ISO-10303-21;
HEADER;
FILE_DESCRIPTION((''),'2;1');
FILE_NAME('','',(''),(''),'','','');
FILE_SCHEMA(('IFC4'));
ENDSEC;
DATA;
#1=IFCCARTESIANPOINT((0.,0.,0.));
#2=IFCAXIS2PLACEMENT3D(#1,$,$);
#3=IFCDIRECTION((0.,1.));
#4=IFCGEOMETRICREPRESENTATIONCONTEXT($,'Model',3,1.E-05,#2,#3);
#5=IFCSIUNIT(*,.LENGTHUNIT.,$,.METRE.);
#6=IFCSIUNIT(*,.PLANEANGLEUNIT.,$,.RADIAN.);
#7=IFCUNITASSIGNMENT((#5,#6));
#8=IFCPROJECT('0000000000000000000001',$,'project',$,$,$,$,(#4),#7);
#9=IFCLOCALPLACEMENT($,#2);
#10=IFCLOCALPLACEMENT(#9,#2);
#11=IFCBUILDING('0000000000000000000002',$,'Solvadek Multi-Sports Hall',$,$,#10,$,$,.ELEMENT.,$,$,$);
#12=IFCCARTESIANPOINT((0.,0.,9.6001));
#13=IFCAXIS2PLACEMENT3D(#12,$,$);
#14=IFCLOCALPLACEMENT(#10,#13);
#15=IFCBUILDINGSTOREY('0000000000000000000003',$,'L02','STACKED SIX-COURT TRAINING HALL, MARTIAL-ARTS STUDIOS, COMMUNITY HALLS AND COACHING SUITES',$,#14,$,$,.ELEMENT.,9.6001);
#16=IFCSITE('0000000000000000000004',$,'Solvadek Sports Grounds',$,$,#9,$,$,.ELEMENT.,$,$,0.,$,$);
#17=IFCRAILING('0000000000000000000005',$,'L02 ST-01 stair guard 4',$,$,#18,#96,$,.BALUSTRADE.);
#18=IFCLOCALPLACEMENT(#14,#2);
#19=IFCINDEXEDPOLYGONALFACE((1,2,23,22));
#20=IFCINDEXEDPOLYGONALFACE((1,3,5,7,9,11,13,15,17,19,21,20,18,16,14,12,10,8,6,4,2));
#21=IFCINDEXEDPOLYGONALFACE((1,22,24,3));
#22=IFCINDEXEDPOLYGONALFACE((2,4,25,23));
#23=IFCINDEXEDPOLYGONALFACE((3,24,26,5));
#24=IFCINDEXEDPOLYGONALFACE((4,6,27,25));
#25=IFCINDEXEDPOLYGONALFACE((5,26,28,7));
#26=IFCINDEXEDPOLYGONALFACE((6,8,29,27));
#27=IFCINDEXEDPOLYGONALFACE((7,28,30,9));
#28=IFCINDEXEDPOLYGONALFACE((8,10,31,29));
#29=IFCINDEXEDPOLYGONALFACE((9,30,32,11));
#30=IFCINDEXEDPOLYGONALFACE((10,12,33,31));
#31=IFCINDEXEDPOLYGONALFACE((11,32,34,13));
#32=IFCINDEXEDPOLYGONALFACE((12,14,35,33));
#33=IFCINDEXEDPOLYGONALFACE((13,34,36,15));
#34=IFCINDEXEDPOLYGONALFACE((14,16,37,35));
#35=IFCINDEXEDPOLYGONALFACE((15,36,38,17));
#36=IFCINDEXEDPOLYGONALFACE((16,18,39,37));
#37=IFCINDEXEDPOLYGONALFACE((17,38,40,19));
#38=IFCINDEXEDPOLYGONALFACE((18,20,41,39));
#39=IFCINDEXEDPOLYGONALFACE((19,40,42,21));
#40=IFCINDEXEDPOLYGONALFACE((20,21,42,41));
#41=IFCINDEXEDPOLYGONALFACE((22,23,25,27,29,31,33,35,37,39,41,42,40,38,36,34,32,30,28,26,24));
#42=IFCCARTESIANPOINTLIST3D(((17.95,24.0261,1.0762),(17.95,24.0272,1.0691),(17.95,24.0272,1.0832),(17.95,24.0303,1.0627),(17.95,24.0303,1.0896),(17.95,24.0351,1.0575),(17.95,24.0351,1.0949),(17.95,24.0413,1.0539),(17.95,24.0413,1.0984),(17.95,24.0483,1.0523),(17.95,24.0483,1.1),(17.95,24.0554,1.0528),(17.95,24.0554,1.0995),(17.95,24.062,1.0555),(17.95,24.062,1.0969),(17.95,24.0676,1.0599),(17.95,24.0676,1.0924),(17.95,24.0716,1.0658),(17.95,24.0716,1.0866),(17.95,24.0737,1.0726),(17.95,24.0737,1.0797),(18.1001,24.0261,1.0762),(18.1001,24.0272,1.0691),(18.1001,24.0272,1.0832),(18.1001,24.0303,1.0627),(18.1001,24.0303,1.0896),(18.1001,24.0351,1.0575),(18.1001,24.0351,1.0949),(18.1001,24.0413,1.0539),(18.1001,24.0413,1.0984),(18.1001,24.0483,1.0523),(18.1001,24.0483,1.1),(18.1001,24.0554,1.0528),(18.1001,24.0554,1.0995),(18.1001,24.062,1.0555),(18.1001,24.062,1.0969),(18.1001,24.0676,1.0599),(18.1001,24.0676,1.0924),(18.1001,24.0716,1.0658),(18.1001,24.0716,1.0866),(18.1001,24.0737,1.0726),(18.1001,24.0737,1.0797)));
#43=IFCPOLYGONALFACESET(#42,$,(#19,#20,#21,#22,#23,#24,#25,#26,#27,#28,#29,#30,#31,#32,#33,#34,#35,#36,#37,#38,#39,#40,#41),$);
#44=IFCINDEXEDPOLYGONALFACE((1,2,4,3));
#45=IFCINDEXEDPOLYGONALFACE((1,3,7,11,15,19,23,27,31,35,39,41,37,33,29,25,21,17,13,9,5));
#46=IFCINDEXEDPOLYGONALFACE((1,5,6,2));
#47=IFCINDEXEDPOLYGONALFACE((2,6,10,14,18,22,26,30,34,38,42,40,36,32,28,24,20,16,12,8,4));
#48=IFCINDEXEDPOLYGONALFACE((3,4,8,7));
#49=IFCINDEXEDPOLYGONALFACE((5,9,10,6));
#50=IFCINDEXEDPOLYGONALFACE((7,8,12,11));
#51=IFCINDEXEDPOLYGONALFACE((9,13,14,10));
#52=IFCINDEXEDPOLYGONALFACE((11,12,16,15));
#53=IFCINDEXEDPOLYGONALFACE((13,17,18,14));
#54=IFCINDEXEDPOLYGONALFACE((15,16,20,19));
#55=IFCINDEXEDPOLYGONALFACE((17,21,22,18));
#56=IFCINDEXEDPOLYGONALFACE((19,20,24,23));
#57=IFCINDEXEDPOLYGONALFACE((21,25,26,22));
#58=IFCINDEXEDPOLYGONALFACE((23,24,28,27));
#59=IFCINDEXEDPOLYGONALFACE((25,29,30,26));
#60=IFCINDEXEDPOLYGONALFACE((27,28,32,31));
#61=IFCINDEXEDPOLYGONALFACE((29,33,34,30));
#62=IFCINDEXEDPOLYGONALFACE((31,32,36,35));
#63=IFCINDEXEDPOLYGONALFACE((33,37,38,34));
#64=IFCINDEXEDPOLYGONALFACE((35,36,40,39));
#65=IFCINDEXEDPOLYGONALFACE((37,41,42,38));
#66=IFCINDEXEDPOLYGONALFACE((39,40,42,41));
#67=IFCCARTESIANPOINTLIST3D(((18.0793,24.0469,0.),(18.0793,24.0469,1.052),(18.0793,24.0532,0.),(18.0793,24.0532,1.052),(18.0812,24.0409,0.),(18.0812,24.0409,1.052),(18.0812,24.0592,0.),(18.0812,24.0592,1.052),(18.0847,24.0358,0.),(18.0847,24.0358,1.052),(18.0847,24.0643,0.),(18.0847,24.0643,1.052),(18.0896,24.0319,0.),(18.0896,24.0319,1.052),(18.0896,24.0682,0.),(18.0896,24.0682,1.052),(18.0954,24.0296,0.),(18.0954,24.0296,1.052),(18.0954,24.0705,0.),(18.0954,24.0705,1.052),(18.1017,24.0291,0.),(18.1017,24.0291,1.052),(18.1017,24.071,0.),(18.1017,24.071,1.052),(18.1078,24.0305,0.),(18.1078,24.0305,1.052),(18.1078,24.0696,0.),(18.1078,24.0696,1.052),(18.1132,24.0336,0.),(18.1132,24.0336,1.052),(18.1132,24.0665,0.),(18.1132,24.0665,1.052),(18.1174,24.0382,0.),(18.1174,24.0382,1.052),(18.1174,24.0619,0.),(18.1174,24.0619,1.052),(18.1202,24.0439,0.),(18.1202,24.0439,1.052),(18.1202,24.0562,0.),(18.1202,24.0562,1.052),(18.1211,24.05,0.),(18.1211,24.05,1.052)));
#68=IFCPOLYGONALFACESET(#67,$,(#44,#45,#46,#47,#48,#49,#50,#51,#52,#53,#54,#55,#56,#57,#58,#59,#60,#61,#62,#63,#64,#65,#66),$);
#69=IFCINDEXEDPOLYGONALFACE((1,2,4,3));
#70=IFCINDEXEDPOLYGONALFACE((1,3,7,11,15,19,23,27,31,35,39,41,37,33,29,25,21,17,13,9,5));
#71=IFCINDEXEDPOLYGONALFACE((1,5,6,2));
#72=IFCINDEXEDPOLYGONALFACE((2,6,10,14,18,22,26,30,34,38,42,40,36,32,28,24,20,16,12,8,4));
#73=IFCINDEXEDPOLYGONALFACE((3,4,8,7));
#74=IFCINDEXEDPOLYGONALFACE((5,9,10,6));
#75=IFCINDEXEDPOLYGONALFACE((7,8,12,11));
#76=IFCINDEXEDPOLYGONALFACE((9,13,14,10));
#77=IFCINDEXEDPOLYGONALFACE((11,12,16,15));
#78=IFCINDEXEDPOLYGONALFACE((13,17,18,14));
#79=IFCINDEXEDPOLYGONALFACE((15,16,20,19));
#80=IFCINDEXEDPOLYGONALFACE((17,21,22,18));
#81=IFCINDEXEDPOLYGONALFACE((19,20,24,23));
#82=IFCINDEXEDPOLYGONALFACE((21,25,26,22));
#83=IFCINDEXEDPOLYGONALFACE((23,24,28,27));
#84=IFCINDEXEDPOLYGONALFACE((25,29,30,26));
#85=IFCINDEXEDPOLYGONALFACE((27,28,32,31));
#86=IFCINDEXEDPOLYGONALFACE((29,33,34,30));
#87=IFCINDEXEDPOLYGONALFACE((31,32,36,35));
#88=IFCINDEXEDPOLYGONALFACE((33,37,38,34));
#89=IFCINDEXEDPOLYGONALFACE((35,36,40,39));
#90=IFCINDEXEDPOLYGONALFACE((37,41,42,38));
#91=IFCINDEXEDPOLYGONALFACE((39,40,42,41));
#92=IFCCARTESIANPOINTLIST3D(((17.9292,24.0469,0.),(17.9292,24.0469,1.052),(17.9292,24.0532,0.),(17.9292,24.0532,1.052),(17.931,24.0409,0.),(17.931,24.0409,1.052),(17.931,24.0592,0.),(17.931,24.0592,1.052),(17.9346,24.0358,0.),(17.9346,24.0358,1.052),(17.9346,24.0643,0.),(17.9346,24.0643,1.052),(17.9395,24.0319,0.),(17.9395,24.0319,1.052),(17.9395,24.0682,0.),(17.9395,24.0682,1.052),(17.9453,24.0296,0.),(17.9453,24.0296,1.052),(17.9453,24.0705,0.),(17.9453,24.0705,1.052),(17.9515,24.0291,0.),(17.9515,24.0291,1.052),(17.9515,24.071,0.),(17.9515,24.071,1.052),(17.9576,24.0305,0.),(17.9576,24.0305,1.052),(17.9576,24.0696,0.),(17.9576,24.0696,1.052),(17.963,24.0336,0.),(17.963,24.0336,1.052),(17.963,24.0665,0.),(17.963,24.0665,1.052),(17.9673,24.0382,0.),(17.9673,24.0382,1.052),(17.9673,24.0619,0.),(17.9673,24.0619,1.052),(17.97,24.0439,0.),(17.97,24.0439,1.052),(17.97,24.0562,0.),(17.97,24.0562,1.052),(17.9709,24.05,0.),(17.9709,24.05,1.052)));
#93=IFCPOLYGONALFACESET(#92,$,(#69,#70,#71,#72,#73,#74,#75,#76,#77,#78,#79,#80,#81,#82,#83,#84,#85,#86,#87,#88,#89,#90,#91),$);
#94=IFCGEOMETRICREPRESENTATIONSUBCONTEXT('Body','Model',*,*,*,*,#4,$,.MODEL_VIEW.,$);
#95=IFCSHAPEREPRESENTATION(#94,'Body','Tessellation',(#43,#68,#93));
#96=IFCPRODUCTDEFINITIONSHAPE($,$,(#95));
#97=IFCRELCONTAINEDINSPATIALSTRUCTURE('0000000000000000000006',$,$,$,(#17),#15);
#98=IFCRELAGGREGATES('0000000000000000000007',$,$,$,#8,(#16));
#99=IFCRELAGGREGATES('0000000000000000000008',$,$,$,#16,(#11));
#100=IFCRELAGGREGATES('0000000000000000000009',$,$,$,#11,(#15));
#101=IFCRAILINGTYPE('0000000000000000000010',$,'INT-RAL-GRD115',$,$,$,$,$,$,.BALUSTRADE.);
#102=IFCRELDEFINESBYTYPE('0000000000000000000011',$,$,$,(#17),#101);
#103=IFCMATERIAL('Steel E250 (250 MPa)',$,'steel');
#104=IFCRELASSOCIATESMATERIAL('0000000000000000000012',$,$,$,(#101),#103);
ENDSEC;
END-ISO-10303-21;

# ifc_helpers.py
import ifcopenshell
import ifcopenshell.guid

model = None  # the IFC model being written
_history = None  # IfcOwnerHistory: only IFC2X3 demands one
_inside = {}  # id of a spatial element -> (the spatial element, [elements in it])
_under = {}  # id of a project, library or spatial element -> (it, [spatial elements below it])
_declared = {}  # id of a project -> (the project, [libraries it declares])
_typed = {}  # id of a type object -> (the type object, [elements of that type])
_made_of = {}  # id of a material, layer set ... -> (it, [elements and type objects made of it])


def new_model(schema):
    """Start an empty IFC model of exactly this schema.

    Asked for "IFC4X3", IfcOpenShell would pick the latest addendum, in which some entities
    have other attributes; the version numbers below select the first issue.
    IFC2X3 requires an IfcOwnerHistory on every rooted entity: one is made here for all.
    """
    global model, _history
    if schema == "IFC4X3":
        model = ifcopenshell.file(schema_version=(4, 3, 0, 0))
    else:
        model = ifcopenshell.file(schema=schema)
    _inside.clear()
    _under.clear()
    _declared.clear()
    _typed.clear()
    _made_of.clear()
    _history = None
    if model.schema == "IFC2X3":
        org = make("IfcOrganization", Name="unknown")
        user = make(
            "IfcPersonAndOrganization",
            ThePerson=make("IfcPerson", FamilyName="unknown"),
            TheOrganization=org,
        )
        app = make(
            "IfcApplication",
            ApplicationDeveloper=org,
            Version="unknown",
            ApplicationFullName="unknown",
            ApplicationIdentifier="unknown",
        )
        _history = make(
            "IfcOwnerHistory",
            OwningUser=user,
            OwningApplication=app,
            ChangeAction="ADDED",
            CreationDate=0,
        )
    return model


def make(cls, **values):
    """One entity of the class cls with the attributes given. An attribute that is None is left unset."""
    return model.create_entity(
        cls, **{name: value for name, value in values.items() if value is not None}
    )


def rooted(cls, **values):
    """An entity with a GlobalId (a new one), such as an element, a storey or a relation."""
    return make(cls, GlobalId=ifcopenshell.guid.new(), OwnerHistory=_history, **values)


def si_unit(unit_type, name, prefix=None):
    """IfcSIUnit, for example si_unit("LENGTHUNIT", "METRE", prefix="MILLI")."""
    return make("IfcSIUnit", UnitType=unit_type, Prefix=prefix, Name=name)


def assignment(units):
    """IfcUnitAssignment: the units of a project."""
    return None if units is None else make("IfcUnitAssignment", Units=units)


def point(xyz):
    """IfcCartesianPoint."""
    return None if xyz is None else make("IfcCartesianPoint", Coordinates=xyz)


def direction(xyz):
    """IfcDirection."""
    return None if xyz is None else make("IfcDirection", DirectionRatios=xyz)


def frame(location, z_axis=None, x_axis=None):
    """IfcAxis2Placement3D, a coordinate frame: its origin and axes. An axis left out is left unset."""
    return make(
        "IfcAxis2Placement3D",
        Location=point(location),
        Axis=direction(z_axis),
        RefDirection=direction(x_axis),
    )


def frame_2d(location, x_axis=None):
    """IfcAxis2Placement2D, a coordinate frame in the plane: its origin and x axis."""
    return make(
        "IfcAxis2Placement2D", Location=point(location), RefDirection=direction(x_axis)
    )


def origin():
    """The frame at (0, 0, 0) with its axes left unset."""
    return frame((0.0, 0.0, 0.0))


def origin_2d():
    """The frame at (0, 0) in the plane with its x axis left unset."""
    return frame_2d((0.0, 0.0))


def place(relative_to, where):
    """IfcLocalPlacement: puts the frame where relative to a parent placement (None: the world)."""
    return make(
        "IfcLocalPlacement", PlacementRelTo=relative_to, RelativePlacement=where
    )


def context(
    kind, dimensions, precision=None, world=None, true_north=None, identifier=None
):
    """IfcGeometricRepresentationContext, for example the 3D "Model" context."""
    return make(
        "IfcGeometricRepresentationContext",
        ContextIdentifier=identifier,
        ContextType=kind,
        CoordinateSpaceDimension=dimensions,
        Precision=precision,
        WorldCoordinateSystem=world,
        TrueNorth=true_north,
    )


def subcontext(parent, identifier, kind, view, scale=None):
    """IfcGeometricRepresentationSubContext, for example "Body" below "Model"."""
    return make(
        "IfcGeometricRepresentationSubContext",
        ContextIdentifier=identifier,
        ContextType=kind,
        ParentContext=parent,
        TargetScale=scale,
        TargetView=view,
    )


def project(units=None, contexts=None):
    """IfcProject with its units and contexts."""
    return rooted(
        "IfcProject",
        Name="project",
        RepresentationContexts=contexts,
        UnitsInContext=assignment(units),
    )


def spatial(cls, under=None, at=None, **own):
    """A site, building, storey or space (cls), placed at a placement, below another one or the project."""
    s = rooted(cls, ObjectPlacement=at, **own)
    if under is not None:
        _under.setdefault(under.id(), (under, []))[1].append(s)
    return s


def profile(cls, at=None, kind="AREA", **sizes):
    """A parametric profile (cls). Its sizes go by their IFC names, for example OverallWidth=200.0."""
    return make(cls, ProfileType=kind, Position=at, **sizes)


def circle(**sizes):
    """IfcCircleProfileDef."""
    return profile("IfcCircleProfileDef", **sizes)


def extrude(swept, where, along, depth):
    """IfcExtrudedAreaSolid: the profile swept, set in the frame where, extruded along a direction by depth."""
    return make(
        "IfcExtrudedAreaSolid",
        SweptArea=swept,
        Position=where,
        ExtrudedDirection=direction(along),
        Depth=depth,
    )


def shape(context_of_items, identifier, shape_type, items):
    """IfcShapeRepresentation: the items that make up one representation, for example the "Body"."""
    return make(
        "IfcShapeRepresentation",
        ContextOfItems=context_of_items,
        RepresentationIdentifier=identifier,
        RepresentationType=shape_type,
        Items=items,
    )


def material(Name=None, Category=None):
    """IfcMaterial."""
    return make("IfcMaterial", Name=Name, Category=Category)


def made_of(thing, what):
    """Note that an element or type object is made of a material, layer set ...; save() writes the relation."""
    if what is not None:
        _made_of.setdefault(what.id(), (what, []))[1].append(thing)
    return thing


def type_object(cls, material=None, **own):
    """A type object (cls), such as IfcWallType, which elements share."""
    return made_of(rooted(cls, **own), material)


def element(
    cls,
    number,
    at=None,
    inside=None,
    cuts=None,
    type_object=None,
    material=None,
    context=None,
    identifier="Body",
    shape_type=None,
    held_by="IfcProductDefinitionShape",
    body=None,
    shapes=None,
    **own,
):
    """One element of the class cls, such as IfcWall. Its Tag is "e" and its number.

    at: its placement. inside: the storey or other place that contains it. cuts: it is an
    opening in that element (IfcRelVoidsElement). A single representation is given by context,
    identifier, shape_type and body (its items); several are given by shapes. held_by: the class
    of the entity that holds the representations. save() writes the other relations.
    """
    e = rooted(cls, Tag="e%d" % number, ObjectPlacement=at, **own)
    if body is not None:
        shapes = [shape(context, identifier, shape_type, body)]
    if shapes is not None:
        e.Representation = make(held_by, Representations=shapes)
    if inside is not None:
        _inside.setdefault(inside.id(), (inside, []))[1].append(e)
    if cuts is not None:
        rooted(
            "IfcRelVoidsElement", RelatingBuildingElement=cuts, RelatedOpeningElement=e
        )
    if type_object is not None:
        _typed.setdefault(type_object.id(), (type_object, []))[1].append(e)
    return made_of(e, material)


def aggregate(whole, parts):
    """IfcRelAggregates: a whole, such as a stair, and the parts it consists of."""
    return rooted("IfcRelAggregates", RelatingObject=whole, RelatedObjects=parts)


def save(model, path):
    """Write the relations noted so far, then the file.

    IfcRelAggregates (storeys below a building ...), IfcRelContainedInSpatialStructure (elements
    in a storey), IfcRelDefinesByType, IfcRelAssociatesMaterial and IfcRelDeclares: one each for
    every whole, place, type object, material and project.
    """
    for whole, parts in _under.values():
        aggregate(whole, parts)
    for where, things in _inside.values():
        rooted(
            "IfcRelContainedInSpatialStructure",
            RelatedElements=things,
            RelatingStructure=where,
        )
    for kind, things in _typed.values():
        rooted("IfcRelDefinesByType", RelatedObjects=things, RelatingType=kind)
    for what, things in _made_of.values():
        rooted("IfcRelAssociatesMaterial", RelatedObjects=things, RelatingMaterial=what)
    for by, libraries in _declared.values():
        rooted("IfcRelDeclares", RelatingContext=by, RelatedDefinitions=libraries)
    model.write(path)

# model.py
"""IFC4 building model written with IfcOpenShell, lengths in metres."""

from ifc_helpers import new_model, si_unit, direction, frame, origin, origin_2d, place, context, subcontext, project, spatial, circle, extrude, material, type_object, element, save


model = new_model("IFC4")

# Units and contexts
model_context = context("Model", 3, precision=1e-05, world=origin(), true_north=direction((0.0, 1.0)))
body_context = subcontext(model_context, "Body", "Model", "MODEL_VIEW")
ifc_project = project(units=[si_unit("LENGTHUNIT", "METRE"), si_unit("PLANEANGLEUNIT", "RADIAN")], contexts=[model_context])

# Site, building, storey
site_placement = place(None, origin())
site = spatial("IfcSite", under=ifc_project, at=site_placement, Name="Solvadek Sports Grounds", CompositionType="ELEMENT", RefElevation=0.0)
building_placement = place(site_placement, origin())
building = spatial("IfcBuilding", under=site, at=building_placement, Name="Solvadek Multi-Sports Hall", CompositionType="ELEMENT")
storey_placement = place(building_placement, frame((0.0, 0.0, 9.6001)))
storey = spatial("IfcBuildingStorey", under=building, at=storey_placement, Name="L02", Description="STACKED SIX-COURT TRAINING HALL, MARTIAL-ARTS STUDIOS, COMMUNITY HALLS AND COACHING SUITES", CompositionType="ELEMENT", Elevation=9.6001)

# Railing
ifc_material_1 = material(Name="Steel E250 (250 MPa)", Category="steel")
railing_type_1 = type_object("IfcRailingType", Name="INT-RAL-GRD115", PredefinedType="BALUSTRADE", material=ifc_material_1)
railing_1_placement = place(storey_placement, frame((18.1001, 24.05, 0.0)))
element("IfcRailing", 1, at=railing_1_placement, inside=storey, type_object=railing_type_1, Name="L02 ST-01 stair guard 4", PredefinedType="BALUSTRADE", context=body_context, shape_type="SweptSolid", body=[
    extrude(circle(Radius=0.0239, at=origin_2d()), frame((0.0, 0.0, 1.0762), z_axis=(-1.0, 0.0, 0.0), x_axis=(0.0, -1.0, 0.0)), (0.0, 0.0, 1.0), 0.1501),
    extrude(circle(Radius=0.021, at=origin_2d()), origin(), (0.0, 0.0, 1.0), 1.052),
    extrude(circle(Radius=0.021, at=origin_2d()), frame((-0.1501, 0.0, 0.0)), (0.0, 0.0, 1.0), 1.052),
])

save(model, "model.ifc")
